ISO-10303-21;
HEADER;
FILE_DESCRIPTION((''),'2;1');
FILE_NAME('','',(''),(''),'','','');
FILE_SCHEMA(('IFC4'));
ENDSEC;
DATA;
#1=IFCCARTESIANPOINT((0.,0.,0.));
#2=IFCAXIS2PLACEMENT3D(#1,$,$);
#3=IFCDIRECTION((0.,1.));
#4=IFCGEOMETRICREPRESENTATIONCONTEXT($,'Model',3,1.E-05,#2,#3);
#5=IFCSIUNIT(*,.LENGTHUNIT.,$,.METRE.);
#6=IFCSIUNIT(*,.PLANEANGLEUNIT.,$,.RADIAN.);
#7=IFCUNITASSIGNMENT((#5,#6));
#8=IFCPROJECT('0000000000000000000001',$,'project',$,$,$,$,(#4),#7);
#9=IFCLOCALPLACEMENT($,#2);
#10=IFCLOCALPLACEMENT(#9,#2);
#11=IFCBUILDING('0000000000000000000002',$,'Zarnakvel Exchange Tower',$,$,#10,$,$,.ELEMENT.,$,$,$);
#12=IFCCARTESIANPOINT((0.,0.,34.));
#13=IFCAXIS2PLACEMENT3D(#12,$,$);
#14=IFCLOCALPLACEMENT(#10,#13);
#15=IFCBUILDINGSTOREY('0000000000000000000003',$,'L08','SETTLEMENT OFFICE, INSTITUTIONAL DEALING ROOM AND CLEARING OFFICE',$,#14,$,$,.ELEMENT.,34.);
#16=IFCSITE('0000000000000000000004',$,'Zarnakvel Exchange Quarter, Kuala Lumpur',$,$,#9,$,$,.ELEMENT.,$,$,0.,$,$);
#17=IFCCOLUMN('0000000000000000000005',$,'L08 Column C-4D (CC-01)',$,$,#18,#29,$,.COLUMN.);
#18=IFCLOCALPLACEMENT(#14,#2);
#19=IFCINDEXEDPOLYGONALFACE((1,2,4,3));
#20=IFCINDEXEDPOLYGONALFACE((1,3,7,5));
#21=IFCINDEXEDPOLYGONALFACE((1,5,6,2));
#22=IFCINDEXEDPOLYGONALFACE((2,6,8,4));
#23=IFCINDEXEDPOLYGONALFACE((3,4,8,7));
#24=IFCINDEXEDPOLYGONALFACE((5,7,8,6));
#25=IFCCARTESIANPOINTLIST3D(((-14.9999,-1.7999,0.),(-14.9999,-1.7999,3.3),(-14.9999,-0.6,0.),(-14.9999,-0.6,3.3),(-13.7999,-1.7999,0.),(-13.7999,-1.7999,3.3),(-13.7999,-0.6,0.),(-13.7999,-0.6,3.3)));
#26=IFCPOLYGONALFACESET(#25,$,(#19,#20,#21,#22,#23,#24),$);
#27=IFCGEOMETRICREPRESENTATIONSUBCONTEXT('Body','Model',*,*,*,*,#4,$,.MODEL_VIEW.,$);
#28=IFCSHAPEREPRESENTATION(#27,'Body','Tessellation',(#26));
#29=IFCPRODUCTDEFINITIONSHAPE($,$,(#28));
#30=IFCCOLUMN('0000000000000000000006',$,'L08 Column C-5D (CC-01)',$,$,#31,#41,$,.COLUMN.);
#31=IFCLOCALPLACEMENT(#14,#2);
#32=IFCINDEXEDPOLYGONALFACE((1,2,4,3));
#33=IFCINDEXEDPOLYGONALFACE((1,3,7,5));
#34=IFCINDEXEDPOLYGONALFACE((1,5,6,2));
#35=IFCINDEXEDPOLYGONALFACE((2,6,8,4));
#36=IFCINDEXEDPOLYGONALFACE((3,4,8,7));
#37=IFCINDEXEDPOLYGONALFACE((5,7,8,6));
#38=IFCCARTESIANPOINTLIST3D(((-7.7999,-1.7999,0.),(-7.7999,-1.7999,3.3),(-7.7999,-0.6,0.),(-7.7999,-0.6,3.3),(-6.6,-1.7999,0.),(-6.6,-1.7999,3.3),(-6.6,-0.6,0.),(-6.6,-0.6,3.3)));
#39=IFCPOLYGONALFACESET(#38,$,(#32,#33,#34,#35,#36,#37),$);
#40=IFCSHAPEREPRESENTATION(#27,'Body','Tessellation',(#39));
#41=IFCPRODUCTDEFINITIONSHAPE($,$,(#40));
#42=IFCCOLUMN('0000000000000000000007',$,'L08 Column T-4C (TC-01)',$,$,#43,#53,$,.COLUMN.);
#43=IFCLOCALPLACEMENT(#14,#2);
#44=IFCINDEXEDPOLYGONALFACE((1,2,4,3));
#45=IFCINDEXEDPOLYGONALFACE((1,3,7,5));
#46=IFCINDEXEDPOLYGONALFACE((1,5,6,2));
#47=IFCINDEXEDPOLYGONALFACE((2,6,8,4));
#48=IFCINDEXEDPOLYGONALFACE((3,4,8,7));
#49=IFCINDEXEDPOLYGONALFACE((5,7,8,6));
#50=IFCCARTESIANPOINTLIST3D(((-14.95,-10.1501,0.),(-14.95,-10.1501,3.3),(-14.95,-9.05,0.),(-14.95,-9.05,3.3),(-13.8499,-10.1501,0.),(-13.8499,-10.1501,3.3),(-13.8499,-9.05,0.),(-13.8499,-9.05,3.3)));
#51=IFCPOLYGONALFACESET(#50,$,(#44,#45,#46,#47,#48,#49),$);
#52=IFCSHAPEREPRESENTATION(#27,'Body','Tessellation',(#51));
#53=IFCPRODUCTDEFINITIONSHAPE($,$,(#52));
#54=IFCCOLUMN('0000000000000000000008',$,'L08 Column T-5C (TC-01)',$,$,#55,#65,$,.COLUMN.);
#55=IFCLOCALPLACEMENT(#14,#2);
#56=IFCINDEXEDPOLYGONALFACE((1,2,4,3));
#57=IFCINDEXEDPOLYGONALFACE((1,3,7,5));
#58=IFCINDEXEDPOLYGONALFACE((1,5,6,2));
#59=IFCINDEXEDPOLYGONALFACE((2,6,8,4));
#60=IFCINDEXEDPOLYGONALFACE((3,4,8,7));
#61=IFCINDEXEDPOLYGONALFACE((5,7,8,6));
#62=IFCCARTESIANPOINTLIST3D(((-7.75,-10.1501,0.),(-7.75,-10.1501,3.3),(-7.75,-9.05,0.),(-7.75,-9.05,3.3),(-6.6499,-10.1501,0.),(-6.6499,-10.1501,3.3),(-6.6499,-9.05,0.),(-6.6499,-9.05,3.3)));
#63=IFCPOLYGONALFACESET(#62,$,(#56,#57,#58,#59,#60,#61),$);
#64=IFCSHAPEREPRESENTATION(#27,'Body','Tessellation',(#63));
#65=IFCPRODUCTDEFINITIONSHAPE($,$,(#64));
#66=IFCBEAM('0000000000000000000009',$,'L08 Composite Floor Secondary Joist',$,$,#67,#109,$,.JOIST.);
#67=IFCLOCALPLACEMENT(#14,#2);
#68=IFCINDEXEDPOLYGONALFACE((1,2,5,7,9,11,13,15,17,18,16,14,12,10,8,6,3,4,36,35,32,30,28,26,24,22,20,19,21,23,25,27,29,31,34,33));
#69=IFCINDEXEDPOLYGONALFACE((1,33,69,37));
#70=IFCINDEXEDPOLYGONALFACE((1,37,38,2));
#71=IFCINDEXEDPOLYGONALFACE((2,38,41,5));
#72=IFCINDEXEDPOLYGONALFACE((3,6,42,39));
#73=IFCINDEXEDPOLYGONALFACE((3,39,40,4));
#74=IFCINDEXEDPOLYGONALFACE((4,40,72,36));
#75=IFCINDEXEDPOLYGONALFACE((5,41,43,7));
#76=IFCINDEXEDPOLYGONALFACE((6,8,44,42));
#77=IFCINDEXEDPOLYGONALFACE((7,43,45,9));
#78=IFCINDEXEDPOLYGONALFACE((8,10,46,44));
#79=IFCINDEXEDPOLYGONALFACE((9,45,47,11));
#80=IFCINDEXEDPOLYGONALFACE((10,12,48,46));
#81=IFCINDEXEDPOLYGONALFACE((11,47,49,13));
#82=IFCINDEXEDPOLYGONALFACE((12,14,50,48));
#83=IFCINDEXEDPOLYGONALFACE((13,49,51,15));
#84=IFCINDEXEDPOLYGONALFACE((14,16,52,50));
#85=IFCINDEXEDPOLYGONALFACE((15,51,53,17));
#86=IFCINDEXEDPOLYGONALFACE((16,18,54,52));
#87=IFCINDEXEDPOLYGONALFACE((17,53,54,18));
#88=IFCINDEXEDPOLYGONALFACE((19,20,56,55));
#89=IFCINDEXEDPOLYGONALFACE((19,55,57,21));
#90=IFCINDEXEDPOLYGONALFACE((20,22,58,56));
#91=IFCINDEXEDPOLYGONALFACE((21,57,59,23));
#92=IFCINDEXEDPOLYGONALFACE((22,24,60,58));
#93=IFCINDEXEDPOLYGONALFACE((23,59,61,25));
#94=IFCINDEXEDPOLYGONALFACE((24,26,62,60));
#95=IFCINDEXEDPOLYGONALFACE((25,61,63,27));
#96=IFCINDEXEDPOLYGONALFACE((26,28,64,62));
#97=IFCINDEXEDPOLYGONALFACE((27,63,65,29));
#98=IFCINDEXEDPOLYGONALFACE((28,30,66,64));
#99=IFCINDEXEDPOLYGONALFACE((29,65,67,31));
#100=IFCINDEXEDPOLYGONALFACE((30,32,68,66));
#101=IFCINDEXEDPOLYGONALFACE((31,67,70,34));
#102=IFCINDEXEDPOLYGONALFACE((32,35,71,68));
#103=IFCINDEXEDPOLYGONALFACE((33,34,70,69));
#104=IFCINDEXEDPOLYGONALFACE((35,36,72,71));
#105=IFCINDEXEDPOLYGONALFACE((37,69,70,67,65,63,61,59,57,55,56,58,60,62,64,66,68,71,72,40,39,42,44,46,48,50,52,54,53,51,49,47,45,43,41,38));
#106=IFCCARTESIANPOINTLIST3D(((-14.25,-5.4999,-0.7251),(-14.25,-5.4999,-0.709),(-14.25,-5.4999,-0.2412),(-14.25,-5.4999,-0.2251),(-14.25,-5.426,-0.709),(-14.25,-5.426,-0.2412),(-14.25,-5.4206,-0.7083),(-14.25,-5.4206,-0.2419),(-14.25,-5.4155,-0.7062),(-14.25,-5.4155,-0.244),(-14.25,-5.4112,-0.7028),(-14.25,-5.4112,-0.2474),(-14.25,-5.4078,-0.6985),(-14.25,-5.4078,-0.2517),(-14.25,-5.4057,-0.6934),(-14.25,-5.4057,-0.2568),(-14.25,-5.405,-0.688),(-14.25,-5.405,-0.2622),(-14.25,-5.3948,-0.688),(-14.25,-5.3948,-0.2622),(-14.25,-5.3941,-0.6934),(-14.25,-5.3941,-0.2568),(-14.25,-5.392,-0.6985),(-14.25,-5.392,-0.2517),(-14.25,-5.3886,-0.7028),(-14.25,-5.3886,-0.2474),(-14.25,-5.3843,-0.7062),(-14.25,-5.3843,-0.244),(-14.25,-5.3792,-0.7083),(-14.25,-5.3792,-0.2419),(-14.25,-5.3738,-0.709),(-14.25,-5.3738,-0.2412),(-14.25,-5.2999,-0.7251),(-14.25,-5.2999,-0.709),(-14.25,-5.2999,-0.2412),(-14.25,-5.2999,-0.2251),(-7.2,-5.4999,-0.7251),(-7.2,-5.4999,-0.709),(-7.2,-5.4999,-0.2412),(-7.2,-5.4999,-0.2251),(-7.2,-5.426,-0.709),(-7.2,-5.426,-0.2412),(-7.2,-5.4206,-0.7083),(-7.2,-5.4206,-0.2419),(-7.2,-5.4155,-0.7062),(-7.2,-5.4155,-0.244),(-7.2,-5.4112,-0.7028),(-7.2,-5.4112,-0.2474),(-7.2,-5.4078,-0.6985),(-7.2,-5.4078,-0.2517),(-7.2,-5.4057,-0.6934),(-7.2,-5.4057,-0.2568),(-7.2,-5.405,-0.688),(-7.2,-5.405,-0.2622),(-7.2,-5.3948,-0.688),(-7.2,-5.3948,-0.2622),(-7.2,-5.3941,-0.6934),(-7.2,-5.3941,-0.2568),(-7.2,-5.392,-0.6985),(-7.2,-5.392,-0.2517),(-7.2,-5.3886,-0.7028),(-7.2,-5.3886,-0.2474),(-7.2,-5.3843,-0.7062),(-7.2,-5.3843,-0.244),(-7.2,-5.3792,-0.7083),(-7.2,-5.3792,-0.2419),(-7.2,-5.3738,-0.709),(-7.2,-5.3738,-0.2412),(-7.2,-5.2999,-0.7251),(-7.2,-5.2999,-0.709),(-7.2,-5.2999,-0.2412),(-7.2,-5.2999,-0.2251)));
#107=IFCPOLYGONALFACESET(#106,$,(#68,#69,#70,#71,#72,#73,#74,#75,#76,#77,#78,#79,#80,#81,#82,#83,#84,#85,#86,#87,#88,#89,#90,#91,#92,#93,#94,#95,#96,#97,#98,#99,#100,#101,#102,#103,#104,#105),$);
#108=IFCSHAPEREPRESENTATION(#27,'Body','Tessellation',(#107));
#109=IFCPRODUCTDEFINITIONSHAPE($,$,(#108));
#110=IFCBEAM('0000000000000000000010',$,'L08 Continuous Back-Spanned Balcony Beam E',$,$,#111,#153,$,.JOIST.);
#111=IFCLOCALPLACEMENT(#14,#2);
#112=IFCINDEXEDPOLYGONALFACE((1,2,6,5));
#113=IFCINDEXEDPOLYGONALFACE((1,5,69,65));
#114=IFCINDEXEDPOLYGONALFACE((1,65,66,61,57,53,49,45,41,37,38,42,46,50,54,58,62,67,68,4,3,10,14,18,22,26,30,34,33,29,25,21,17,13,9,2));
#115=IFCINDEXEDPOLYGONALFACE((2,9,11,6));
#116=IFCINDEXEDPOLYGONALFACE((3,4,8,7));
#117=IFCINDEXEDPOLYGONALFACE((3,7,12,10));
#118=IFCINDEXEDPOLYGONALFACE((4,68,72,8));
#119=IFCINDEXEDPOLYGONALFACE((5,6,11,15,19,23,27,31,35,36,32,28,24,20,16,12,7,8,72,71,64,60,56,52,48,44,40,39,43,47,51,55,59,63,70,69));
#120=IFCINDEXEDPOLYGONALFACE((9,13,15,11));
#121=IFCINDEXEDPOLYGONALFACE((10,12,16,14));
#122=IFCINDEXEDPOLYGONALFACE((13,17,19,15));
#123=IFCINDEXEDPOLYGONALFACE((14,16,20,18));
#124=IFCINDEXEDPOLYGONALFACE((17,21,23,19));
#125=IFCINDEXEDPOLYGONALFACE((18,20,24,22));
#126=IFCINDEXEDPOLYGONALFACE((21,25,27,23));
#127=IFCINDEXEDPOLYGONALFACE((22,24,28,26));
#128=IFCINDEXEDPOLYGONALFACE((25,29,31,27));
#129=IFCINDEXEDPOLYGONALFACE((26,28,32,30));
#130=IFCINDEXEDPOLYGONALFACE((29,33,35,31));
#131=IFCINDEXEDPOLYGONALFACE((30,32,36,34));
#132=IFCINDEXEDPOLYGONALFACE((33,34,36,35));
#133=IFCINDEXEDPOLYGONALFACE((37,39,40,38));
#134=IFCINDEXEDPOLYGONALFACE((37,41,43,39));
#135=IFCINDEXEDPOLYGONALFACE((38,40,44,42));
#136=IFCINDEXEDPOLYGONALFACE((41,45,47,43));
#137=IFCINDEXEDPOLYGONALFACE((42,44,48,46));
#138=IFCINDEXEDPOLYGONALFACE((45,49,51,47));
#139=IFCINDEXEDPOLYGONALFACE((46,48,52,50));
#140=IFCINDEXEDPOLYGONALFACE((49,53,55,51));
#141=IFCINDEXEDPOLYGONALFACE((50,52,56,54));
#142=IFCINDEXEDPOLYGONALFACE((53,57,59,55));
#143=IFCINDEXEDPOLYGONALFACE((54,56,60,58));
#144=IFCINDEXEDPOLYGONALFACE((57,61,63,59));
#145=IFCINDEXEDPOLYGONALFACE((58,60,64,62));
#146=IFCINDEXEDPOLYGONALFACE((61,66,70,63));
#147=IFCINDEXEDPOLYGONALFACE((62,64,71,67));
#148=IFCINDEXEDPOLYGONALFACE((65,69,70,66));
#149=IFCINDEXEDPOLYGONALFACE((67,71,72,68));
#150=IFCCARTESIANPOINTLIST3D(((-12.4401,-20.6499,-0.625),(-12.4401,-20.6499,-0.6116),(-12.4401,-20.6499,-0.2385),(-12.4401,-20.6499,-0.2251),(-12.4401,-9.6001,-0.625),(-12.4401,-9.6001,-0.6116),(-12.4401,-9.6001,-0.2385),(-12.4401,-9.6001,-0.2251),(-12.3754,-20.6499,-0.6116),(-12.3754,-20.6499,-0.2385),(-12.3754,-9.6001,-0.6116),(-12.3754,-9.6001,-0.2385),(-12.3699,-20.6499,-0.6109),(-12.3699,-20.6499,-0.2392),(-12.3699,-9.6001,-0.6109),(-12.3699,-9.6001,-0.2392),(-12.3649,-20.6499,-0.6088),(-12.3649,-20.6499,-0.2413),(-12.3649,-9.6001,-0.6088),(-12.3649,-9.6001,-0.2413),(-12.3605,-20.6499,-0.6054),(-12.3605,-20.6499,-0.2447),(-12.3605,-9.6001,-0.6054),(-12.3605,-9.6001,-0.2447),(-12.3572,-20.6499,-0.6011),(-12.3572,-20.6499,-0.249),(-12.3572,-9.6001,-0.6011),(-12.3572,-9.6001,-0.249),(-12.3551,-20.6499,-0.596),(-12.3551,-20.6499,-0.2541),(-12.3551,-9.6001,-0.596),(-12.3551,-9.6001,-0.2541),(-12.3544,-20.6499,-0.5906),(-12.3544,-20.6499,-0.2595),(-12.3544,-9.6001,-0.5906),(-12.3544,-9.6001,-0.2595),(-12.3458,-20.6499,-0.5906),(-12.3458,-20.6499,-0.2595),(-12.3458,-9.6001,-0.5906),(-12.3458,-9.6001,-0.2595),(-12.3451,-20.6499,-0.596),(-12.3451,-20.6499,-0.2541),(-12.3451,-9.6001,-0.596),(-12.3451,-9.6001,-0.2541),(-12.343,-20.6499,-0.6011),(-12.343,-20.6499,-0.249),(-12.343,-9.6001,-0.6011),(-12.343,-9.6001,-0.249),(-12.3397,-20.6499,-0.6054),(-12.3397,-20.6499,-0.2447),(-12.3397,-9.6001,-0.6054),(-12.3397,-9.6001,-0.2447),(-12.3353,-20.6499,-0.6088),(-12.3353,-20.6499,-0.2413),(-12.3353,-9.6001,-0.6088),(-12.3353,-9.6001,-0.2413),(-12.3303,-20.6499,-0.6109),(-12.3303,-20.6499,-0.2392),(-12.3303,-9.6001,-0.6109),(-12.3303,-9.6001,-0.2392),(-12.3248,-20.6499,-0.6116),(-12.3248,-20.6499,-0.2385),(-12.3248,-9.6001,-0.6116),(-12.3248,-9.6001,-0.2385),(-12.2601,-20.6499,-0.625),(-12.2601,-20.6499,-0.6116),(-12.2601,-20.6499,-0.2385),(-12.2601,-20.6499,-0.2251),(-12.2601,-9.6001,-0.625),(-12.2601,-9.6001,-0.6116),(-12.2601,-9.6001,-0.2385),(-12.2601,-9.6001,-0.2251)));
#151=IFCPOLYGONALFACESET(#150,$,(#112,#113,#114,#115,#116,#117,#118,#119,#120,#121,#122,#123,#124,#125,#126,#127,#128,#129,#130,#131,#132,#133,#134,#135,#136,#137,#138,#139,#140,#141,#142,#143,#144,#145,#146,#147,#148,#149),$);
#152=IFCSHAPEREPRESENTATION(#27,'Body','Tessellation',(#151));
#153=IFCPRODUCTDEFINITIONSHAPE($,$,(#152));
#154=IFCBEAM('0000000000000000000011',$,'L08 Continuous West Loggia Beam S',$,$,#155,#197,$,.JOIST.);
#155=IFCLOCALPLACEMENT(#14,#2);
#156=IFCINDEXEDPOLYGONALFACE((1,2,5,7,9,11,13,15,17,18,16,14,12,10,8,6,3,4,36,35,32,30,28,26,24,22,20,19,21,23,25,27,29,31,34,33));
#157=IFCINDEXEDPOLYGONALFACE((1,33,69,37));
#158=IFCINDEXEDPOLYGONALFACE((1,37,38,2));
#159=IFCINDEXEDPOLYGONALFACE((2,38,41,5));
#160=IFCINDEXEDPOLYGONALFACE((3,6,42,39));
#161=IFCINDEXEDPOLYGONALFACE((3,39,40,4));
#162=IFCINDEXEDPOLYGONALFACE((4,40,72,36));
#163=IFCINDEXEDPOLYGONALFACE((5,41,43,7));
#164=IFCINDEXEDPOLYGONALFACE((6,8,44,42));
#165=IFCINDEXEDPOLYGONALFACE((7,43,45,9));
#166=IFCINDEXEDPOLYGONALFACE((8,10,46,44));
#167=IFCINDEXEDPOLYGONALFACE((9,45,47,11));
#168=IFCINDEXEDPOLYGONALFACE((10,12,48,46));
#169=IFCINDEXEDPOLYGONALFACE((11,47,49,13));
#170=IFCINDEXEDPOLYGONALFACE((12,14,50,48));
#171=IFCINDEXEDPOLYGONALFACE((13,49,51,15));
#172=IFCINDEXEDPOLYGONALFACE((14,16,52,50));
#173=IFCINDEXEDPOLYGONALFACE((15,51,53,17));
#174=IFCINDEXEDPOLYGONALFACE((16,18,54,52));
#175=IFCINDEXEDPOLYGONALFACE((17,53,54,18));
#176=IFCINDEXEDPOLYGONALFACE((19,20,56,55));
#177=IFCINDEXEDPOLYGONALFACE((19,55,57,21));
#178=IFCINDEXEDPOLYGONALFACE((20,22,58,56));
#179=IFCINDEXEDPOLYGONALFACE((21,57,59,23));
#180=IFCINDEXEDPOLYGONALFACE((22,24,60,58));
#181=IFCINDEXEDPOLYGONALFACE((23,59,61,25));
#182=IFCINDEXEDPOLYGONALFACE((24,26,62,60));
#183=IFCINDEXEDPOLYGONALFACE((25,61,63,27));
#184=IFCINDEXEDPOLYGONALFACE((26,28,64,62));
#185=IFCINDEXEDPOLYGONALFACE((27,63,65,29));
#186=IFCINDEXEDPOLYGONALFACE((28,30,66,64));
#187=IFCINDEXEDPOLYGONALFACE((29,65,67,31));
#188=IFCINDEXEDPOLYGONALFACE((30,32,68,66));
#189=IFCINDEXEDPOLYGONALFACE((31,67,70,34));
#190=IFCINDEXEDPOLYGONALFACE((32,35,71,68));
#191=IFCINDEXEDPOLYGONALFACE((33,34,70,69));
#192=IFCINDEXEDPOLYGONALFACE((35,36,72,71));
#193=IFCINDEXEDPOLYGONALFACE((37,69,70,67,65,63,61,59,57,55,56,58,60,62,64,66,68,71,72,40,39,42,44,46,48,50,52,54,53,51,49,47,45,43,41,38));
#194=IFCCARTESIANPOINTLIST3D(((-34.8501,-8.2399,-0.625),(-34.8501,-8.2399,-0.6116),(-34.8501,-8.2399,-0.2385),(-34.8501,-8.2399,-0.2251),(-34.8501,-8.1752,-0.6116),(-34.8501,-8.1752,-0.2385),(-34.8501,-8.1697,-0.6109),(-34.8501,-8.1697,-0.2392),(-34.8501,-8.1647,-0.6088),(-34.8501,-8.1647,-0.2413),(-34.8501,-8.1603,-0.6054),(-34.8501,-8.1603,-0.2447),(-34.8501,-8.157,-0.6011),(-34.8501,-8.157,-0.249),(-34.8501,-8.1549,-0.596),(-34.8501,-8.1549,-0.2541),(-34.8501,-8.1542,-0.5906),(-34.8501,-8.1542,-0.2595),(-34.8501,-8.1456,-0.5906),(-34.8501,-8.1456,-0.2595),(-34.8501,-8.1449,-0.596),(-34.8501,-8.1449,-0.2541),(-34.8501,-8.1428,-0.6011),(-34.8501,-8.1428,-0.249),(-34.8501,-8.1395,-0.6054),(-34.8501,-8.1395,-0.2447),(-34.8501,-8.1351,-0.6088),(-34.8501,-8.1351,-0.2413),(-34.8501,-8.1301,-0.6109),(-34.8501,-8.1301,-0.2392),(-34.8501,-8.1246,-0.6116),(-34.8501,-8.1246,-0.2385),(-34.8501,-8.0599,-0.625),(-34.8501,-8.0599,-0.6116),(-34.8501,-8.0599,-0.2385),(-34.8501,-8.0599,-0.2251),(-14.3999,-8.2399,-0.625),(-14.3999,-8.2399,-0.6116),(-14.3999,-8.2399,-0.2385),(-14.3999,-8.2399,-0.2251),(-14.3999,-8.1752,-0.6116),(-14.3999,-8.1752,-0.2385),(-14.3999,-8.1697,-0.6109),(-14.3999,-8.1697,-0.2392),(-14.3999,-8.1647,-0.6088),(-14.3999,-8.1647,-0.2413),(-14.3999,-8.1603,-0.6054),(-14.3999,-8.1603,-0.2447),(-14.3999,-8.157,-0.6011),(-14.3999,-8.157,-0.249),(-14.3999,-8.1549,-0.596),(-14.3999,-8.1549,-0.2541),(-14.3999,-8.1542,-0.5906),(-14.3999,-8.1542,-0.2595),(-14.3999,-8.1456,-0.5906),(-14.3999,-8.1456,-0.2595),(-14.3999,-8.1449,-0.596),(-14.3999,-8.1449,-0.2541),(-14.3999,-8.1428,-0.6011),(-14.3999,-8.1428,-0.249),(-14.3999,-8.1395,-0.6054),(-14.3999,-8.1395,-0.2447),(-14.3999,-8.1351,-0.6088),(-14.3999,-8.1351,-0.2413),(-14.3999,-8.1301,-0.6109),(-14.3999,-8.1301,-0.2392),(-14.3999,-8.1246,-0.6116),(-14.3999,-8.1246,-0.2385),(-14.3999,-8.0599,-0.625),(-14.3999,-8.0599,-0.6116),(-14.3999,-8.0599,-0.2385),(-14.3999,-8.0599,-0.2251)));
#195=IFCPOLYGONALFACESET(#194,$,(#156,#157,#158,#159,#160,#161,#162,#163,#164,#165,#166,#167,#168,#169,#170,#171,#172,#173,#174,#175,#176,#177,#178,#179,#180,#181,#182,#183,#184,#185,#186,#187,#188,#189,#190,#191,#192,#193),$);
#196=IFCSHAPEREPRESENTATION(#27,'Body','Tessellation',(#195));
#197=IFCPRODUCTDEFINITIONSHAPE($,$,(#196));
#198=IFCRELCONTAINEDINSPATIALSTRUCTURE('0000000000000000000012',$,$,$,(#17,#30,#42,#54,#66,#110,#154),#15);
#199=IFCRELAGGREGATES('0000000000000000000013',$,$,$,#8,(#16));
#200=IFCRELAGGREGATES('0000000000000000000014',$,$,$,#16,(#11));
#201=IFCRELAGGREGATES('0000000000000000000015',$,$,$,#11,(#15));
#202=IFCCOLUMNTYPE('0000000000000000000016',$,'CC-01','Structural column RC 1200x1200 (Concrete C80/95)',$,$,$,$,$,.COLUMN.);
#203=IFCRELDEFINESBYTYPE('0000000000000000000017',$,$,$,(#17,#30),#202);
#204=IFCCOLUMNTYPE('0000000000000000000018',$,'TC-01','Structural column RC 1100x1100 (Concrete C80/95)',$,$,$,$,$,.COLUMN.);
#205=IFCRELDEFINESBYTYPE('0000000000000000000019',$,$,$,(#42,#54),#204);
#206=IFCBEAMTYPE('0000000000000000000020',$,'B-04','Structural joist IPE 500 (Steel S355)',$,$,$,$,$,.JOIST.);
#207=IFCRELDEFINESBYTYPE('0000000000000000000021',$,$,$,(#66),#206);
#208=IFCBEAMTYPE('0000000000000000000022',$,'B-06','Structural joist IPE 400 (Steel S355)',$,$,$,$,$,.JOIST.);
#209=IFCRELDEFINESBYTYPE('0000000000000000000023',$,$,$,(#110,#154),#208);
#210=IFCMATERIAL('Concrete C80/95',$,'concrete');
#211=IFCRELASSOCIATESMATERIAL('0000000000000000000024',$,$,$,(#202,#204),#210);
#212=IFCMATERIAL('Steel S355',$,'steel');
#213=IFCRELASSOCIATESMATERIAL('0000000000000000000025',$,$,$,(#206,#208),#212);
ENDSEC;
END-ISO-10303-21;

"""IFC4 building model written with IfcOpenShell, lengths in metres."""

from ifc_helpers import new_model, si_unit, direction, frame, origin, origin_2d, place, context, subcontext, project, spatial, rectangle, i_section, extrude, material, material_profile, profile_set, type_object, element, save


model = new_model("IFC4")

# Units and contexts
model_context = context("Model", 3, precision=1e-05, world=origin(), true_north=direction((0.0, 1.0)))
body_context = subcontext(model_context, "Body", "Model", "MODEL_VIEW")
ifc_project = project(units=[si_unit("LENGTHUNIT", "METRE"), si_unit("PLANEANGLEUNIT", "RADIAN")], contexts=[model_context])

# Site, building, storey
site_placement = place(None, origin())
site = spatial("IfcSite", under=ifc_project, at=site_placement, Name="Zarnakvel Exchange Quarter, Kuala Lumpur", CompositionType="ELEMENT", RefElevation=0.0)
building_placement = place(site_placement, origin())
building = spatial("IfcBuilding", under=site, at=building_placement, Name="Zarnakvel Exchange Tower", CompositionType="ELEMENT")
storey_placement = place(building_placement, frame((0.0, 0.0, 34.0)))
storey = spatial("IfcBuildingStorey", under=building, at=storey_placement, Name="L08", Description="SETTLEMENT OFFICE, INSTITUTIONAL DEALING ROOM AND CLEARING OFFICE", CompositionType="ELEMENT", Elevation=34.0)

# Columns
ifc_material_1 = material(Name="Concrete C80/95", Category="concrete")
ifc_material_profile_1 = material_profile(ifc_material_1, rectangle(XDim=1.2, YDim=1.2, at=origin_2d()))
ifc_profile_set_1 = profile_set([ifc_material_profile_1], Name="Concrete C80/95")
column_type_1 = type_object("IfcColumnType", Name="CC-01", Description="Structural column RC 1200x1200 (Concrete C80/95)", PredefinedType="COLUMN", material=ifc_profile_set_1)
for number, where, z_axis, x_axis, name in (
    (1, (-14.3999, -1.2, 0.0), (0.0, 0.0, 1.0), (1.0, 0.0, 0.0), "L08 Column C-4D (CC-01)"),
    (2, (-7.2, -1.2, 0.0), (0.0, 0.0, 1.0), (1.0, 0.0, 0.0), "L08 Column C-5D (CC-01)"),
):
    element("IfcColumn", number, at=place(storey_placement, frame(where, z_axis=z_axis, x_axis=x_axis)), inside=storey, type_object=column_type_1, Name=name, PredefinedType="COLUMN", context=body_context, shape_type="SweptSolid", body=[
        extrude(rectangle(XDim=1.2, YDim=1.2, at=origin_2d()), origin(), (0.0, 0.0, 1.0), 3.3),
    ])
ifc_material_profile_2 = material_profile(ifc_material_1, rectangle(XDim=1.1001, YDim=1.1001, at=origin_2d()))
ifc_profile_set_2 = profile_set([ifc_material_profile_2], Name="Concrete C80/95")
column_type_2 = type_object("IfcColumnType", Name="TC-01", Description="Structural column RC 1100x1100 (Concrete C80/95)", PredefinedType="COLUMN", material=ifc_profile_set_2)
for number, where, z_axis, x_axis, name in (
    (3, (-14.3999, -9.6001, 0.0), (0.0, 0.0, 1.0), (1.0, 0.0, 0.0), "L08 Column T-4C (TC-01)"),
    (4, (-7.2, -9.6001, 0.0), (0.0, 0.0, 1.0), (1.0, 0.0, 0.0), "L08 Column T-5C (TC-01)"),
):
    element("IfcColumn", number, at=place(storey_placement, frame(where, z_axis=z_axis, x_axis=x_axis)), inside=storey, type_object=column_type_2, Name=name, PredefinedType="COLUMN", context=body_context, shape_type="SweptSolid", body=[
        extrude(rectangle(XDim=1.1001, YDim=1.1001, at=origin_2d()), origin(), (0.0, 0.0, 1.0), 3.3),
    ])

# Beams
ifc_material_2 = material(Name="Steel S355", Category="steel")
ifc_material_profile_3 = material_profile(ifc_material_2, i_section(OverallWidth=0.2, OverallDepth=0.5, WebThickness=0.0103, FlangeThickness=0.0161, FilletRadius=0.021, at=origin_2d()))
ifc_profile_set_3 = profile_set([ifc_material_profile_3], Name="Steel S355")
beam_type_1 = type_object("IfcBeamType", Name="B-04", Description="Structural joist IPE 500 (Steel S355)", PredefinedType="JOIST", material=ifc_profile_set_3)
beam_1_placement = place(storey_placement, frame((-14.25, -5.3999, -0.4751), z_axis=(1.0, 0.0, 0.0), x_axis=(0.0, 1.0, 0.0)))
element("IfcBeam", 5, at=beam_1_placement, inside=storey, type_object=beam_type_1, Name="L08 Composite Floor Secondary Joist", PredefinedType="JOIST", context=body_context, shape_type="SweptSolid", body=[
    extrude(i_section(OverallWidth=0.2, OverallDepth=0.5, WebThickness=0.0103, FlangeThickness=0.0161, FilletRadius=0.021, at=origin_2d()), origin(), (0.0, 0.0, 1.0), 7.05),
])
ifc_material_profile_4 = material_profile(ifc_material_2, i_section(OverallWidth=0.1799, OverallDepth=0.3999, WebThickness=0.0085, FlangeThickness=0.0134, FilletRadius=0.021, at=origin_2d()))
ifc_profile_set_4 = profile_set([ifc_material_profile_4], Name="Steel S355")
beam_type_2 = type_object("IfcBeamType", Name="B-06", Description="Structural joist IPE 400 (Steel S355)", PredefinedType="JOIST", material=ifc_profile_set_4)
beam_2_placement = place(storey_placement, frame((-12.3501, -9.6001, -0.425), z_axis=(0.0, -1.0, 0.0), x_axis=(1.0, 0.0, 0.0)))
element("IfcBeam", 6, at=beam_2_placement, inside=storey, type_object=beam_type_2, Name="L08 Continuous Back-Spanned Balcony Beam E", PredefinedType="JOIST", context=body_context, shape_type="SweptSolid", body=[
    extrude(i_section(OverallWidth=0.1799, OverallDepth=0.3999, WebThickness=0.0085, FlangeThickness=0.0134, FilletRadius=0.021, at=origin_2d()), origin(), (0.0, 0.0, 1.0), 11.0498),
])
for number, where, z_axis, x_axis, name in (
    (7, (-14.3999, -8.1499, -0.425), (-1.0, 0.0, 0.0), (0.0, -1.0, 0.0), "L08 Continuous West Loggia Beam S"),
):
    element("IfcBeam", number, at=place(storey_placement, frame(where, z_axis=z_axis, x_axis=x_axis)), inside=storey, type_object=beam_type_2, Name=name, PredefinedType="JOIST", context=body_context, shape_type="SweptSolid", body=[
        extrude(i_section(OverallWidth=0.1799, OverallDepth=0.3999, WebThickness=0.0085, FlangeThickness=0.0134, FilletRadius=0.021, at=origin_2d()), origin(), (0.0, 0.0, 1.0), 20.4502),
    ])

save(model, "model.ifc")
